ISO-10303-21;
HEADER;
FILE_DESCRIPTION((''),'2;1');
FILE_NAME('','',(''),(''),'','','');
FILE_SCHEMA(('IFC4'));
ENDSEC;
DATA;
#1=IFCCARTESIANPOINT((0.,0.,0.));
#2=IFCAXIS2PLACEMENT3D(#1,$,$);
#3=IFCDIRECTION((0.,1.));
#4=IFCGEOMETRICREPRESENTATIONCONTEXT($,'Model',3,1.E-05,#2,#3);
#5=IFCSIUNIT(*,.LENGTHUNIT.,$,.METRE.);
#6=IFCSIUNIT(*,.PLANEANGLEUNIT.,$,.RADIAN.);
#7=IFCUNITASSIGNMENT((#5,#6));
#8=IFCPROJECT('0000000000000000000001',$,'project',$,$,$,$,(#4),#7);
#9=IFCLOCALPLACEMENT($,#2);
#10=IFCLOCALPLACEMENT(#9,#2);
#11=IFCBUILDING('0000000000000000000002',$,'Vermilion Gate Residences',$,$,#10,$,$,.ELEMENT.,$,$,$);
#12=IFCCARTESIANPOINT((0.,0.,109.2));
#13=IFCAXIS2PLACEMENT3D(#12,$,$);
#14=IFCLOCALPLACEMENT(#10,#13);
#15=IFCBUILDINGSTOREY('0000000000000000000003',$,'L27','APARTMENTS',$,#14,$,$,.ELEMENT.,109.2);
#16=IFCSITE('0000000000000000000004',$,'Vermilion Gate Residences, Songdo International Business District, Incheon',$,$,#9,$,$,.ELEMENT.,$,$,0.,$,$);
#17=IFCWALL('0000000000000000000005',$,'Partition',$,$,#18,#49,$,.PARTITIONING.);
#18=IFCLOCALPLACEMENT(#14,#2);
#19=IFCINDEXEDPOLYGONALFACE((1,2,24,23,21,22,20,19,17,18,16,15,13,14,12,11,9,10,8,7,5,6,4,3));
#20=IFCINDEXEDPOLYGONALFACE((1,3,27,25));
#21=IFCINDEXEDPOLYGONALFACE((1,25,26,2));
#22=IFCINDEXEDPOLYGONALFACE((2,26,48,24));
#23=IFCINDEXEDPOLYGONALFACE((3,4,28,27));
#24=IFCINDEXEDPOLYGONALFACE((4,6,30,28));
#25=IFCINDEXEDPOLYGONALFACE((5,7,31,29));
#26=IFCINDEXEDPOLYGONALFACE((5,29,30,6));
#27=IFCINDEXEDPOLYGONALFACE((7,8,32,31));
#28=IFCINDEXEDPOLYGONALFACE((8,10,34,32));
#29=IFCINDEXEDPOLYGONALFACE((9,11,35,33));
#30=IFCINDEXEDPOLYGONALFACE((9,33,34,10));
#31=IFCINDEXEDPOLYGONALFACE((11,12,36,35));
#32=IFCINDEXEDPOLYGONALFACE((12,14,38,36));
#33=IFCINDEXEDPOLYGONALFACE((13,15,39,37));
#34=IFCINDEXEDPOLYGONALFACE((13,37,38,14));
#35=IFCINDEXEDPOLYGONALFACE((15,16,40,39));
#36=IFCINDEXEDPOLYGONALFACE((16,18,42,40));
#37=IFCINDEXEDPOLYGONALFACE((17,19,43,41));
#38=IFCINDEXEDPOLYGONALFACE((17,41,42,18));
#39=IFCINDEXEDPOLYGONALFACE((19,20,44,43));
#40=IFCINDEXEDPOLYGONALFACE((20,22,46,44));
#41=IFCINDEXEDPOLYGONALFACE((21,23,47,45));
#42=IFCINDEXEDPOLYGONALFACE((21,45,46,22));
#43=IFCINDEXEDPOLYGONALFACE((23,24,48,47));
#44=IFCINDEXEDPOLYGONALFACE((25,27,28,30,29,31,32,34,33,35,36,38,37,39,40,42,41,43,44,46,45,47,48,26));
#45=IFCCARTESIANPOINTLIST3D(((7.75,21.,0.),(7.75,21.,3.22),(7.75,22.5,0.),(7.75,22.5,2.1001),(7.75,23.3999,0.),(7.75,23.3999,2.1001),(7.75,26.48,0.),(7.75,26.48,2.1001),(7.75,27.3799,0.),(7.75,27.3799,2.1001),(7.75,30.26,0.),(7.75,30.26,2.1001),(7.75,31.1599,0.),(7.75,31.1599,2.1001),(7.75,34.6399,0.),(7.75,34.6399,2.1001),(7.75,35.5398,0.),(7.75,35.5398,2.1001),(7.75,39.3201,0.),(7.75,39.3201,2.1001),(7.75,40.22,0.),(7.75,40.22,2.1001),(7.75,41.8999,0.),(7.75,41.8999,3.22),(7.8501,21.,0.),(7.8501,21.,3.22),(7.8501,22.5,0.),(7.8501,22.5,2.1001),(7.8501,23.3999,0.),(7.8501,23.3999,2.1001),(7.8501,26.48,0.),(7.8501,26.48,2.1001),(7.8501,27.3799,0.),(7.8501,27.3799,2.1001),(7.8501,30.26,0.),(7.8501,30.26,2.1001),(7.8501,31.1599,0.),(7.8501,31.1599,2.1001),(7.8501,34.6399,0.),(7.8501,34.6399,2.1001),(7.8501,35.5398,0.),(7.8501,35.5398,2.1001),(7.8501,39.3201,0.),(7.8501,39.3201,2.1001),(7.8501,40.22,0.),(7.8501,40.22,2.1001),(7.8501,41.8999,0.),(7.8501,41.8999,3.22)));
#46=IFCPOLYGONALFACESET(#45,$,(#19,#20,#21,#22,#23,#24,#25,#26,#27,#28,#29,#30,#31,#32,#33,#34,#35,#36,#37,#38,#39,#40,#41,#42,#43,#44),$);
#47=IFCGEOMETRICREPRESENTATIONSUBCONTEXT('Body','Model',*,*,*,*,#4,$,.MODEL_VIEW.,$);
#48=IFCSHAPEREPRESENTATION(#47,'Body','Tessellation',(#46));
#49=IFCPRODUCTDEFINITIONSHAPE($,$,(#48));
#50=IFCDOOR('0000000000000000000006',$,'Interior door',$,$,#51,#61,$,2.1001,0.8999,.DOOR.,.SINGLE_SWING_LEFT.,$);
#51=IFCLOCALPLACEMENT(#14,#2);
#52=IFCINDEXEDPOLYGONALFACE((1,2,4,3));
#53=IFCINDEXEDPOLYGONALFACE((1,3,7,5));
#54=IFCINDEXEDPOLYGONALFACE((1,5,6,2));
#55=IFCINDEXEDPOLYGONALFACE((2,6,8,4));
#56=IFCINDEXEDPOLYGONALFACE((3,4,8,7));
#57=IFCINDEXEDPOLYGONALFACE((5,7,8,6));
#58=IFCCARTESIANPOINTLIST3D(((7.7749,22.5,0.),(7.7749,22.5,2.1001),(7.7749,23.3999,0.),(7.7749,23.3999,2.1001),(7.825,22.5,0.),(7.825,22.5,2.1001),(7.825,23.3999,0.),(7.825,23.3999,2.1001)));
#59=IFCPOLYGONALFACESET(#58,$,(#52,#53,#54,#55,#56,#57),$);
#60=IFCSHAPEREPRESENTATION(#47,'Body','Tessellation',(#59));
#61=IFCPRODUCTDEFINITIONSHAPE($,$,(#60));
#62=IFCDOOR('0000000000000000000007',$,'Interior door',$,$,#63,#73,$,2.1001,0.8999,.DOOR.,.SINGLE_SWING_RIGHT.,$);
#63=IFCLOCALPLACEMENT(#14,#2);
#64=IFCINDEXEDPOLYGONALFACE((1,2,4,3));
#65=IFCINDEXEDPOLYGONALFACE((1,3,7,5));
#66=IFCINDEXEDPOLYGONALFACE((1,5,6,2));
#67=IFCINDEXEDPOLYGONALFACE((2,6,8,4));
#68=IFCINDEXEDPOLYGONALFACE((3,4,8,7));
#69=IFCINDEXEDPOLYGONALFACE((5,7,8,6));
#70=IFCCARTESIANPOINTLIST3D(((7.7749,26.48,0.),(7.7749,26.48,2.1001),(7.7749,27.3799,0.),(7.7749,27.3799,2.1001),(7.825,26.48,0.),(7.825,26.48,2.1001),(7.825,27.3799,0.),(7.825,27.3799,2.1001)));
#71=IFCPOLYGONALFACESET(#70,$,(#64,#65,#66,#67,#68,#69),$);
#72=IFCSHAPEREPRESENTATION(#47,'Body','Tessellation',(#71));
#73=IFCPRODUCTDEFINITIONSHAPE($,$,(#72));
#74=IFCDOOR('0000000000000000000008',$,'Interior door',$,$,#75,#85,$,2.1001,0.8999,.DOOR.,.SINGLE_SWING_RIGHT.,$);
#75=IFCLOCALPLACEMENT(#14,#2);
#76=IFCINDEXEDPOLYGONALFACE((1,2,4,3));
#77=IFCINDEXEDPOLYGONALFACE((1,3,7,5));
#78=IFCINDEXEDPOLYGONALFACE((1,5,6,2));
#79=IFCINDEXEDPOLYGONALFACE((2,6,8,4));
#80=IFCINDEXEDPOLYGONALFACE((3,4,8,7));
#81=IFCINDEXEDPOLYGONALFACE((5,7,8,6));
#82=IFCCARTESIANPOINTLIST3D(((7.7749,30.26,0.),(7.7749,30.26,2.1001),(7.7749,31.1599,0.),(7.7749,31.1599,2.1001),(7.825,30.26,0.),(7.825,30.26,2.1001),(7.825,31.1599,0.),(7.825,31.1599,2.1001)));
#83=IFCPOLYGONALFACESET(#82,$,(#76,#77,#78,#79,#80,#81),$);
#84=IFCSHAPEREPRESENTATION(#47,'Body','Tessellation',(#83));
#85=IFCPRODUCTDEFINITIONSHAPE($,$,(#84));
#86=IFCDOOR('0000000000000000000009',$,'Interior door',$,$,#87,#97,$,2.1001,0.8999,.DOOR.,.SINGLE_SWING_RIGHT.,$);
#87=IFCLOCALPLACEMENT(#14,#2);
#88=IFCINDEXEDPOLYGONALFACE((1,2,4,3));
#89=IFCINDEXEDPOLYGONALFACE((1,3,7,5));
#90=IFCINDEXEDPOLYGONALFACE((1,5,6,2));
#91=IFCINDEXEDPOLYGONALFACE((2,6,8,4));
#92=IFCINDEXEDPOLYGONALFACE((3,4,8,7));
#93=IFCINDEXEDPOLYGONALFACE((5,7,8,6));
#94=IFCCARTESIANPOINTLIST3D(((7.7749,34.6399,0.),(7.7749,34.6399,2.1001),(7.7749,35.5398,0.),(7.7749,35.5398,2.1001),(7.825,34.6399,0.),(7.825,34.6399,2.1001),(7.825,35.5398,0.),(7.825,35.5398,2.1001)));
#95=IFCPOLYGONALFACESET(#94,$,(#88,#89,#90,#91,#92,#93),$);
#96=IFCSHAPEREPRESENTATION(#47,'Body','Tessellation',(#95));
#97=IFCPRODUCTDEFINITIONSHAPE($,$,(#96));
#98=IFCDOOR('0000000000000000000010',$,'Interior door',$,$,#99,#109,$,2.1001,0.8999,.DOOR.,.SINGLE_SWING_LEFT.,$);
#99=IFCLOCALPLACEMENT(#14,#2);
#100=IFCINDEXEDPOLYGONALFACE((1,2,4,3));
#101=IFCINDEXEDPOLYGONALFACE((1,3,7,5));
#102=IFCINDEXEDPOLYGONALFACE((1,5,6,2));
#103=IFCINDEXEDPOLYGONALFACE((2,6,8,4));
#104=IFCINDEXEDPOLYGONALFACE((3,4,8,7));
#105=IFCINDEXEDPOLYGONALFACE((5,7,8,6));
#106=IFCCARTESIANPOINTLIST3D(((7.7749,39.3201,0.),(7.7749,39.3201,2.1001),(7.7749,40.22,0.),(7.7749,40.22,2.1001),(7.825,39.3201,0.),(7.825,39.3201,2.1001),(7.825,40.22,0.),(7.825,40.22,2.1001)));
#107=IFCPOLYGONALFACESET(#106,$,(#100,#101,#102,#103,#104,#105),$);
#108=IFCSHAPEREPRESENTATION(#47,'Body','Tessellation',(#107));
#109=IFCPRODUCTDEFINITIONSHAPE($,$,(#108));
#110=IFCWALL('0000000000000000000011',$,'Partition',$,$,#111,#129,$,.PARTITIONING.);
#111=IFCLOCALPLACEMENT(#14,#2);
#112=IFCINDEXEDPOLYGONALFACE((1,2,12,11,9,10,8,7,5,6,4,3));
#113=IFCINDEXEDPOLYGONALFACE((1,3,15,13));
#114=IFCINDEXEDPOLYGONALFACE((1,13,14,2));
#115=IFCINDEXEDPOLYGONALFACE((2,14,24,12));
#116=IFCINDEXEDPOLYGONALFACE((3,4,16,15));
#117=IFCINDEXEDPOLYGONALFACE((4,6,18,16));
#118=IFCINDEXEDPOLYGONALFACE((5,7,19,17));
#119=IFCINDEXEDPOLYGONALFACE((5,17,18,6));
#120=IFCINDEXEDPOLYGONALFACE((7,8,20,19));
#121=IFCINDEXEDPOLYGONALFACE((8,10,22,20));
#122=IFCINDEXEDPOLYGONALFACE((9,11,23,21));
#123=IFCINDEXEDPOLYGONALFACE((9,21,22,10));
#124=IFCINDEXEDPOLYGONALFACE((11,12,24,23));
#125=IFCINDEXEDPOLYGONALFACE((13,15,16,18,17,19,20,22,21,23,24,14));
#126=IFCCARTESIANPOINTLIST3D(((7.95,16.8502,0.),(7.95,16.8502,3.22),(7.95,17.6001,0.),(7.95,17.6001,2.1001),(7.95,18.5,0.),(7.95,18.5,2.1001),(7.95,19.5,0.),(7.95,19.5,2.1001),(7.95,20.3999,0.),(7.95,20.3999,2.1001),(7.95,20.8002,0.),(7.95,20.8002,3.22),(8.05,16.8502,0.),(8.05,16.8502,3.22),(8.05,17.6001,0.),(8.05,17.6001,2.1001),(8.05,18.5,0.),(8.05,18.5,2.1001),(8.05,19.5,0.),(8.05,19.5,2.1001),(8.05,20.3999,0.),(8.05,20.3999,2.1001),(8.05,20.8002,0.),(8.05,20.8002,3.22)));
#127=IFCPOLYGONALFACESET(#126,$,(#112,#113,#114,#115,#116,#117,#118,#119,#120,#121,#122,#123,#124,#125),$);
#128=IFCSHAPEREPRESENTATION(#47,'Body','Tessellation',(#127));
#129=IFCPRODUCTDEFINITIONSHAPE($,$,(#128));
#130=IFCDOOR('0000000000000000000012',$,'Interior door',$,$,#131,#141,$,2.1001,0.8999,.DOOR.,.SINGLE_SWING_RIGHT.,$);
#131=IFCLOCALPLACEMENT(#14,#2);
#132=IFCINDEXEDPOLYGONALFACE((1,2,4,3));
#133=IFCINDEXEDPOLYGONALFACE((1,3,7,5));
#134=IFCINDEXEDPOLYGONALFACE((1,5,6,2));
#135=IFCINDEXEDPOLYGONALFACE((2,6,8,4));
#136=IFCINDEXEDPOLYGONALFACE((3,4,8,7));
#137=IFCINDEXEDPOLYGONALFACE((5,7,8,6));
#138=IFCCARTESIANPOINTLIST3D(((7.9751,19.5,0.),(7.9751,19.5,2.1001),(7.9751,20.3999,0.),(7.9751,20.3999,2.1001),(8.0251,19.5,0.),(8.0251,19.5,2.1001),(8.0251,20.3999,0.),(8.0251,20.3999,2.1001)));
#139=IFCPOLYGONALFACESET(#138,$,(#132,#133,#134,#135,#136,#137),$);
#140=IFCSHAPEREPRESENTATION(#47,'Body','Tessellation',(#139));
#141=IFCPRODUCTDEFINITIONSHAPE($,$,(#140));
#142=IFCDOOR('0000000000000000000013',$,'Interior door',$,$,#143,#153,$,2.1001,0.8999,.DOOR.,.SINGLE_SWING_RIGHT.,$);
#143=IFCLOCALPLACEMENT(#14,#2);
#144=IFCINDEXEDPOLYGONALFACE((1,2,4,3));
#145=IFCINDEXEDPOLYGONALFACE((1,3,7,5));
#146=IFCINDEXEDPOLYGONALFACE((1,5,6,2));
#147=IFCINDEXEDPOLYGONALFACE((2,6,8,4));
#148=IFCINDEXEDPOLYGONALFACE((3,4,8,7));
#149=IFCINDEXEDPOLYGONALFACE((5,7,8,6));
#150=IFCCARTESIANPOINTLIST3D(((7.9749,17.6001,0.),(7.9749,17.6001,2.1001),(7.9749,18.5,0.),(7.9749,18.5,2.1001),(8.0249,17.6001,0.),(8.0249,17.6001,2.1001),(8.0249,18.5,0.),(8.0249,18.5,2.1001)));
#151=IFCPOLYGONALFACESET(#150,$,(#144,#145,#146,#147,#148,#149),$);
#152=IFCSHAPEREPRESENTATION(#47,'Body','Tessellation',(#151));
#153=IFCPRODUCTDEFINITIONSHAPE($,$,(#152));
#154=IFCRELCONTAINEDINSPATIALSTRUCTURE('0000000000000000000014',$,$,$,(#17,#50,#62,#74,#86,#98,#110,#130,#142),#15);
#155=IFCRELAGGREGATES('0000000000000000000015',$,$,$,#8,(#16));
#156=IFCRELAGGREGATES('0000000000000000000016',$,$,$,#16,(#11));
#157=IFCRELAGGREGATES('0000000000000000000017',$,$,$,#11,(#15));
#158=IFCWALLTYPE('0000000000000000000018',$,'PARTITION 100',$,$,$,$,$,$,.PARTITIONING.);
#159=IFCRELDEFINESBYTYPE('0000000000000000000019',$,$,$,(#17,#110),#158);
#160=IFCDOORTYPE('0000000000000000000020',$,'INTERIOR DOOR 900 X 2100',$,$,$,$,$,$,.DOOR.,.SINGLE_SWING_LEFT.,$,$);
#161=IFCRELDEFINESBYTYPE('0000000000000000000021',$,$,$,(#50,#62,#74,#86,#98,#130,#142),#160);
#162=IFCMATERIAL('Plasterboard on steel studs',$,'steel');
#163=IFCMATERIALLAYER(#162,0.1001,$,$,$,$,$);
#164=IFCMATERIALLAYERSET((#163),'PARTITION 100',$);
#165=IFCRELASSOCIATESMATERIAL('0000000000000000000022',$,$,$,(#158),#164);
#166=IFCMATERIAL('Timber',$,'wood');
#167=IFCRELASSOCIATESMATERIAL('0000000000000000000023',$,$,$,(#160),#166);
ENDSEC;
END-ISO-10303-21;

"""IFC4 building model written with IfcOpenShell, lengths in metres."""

from ifc_helpers import new_model, si_unit, direction, frame, frame_2d, origin, place, context, subcontext, project, spatial, rectangle, extrude, material, layer, layer_set, type_object, element, fill, save


model = new_model("IFC4")

# Units and contexts
model_context = context("Model", 3, precision=1e-05, world=origin(), true_north=direction((0.0, 1.0)))
body_context = subcontext(model_context, "Body", "Model", "MODEL_VIEW")
ifc_project = project(units=[si_unit("LENGTHUNIT", "METRE"), si_unit("PLANEANGLEUNIT", "RADIAN")], contexts=[model_context])

# Site, building, storey
site_placement = place(None, origin())
site = spatial("IfcSite", under=ifc_project, at=site_placement, Name="Vermilion Gate Residences, Songdo International Business District, Incheon", CompositionType="ELEMENT", RefElevation=0.0)
building_placement = place(site_placement, origin())
building = spatial("IfcBuilding", under=site, at=building_placement, Name="Vermilion Gate Residences", CompositionType="ELEMENT")
storey_placement = place(building_placement, frame((0.0, 0.0, 109.2)))
storey = spatial("IfcBuildingStorey", under=building, at=storey_placement, Name="L27", Description="APARTMENTS", CompositionType="ELEMENT", Elevation=109.2)

# Shared definitions
ifc_material_1 = material(Name="Plasterboard on steel studs", Category="steel")
ifc_layer_1 = layer(ifc_material_1, 0.1001)
ifc_layer_set_1 = layer_set([ifc_layer_1], Name="PARTITION 100")
wall_type_1 = type_object("IfcWallType", Name="PARTITION 100", PredefinedType="PARTITIONING", material=ifc_layer_set_1)
ifc_material_2 = material(Name="Timber", Category="wood")
door_type = type_object("IfcDoorType", Name="INTERIOR DOOR 900 X 2100", OperationType="SINGLE_SWING_LEFT", PredefinedType="DOOR", material=ifc_material_2)

# Walls, openings, doors
wall_1_placement = place(storey_placement, frame((7.8, 21.0, 0.0), z_axis=(0.0, 0.0, 1.0), x_axis=(0.0, 1.0, 0.0)))
wall_1 = element("IfcWall", 1, at=wall_1_placement, inside=storey, type_object=wall_type_1, Name="Partition", PredefinedType="PARTITIONING", context=body_context, shape_type="SweptSolid", body=[
    extrude(rectangle(XDim=20.8999, YDim=0.1001, at=frame_2d((10.45, 0.0))), origin(), (0.0, 0.0, 1.0), 3.22),
])
opening_1_placement = place(wall_1_placement, frame((1.5, 0.0, 0.0)))
opening_1 = element("IfcOpeningElement", 2, at=opening_1_placement, cuts=wall_1, PredefinedType="OPENING", context=body_context, shape_type="SweptSolid", body=[
    extrude(rectangle(XDim=0.8999, YDim=2.1001, at=frame_2d((0.45, 1.05))), frame((0.0, 0.0601, 0.0), z_axis=(0.0, -1.0, 0.0), x_axis=(1.0, 0.0, 0.0)), (0.0, 0.0, 1.0), 0.1201),
])
opening_2_placement = place(wall_1_placement, frame((5.48, 0.0, 0.0)))
opening_2 = element("IfcOpeningElement", 3, at=opening_2_placement, cuts=wall_1, PredefinedType="OPENING", context=body_context, shape_type="SweptSolid", body=[
    extrude(rectangle(XDim=0.8999, YDim=2.1001, at=frame_2d((0.45, 1.05))), frame((0.0, 0.0601, 0.0), z_axis=(0.0, -1.0, 0.0), x_axis=(1.0, 0.0, 0.0)), (0.0, 0.0, 1.0), 0.1201),
])
opening_3_placement = place(wall_1_placement, frame((9.26, 0.0, 0.0)))
opening_3 = element("IfcOpeningElement", 4, at=opening_3_placement, cuts=wall_1, PredefinedType="OPENING", context=body_context, shape_type="SweptSolid", body=[
    extrude(rectangle(XDim=0.8999, YDim=2.1001, at=frame_2d((0.45, 1.05))), frame((0.0, 0.0601, 0.0), z_axis=(0.0, -1.0, 0.0), x_axis=(1.0, 0.0, 0.0)), (0.0, 0.0, 1.0), 0.1201),
])
opening_4_placement = place(wall_1_placement, frame((13.6399, 0.0, 0.0)))
opening_4 = element("IfcOpeningElement", 5, at=opening_4_placement, cuts=wall_1, PredefinedType="OPENING", context=body_context, shape_type="SweptSolid", body=[
    extrude(rectangle(XDim=0.8999, YDim=2.1001, at=frame_2d((0.45, 1.05))), frame((0.0, 0.0601, 0.0), z_axis=(0.0, -1.0, 0.0), x_axis=(1.0, 0.0, 0.0)), (0.0, 0.0, 1.0), 0.1201),
])
opening_5_placement = place(wall_1_placement, frame((18.3201, 0.0, 0.0)))
opening_5 = element("IfcOpeningElement", 6, at=opening_5_placement, cuts=wall_1, PredefinedType="OPENING", context=body_context, shape_type="SweptSolid", body=[
    extrude(rectangle(XDim=0.8999, YDim=2.1001, at=frame_2d((0.45, 1.05))), frame((0.0, 0.0601, 0.0), z_axis=(0.0, -1.0, 0.0), x_axis=(1.0, 0.0, 0.0)), (0.0, 0.0, 1.0), 0.1201),
])
door_1_placement = place(opening_1_placement, frame((0.8999, 0.0, 0.0), z_axis=(0.0, 0.0, 1.0), x_axis=(-1.0, 0.0, 0.0)))
door_1 = element("IfcDoor", 7, at=door_1_placement, inside=storey, type_object=door_type, Name="Interior door", OperationType="SINGLE_SWING_LEFT", OverallHeight=2.1001, OverallWidth=0.8999, PredefinedType="DOOR", context=body_context, shape_type="SweptSolid", body=[
    extrude(rectangle(XDim=0.8999, YDim=2.1001, at=frame_2d((0.45, 1.05))), frame((0.0, 0.0249, 0.0), z_axis=(0.0, -1.0, 0.0), x_axis=(1.0, 0.0, 0.0)), (0.0, 0.0, 1.0), 0.05),
])
fill(opening_1, door_1)
door_2_placement = place(opening_2_placement, frame((0.8999, 0.0, 0.0), z_axis=(0.0, 0.0, 1.0), x_axis=(-1.0, 0.0, 0.0)))
door_2 = element("IfcDoor", 8, at=door_2_placement, inside=storey, type_object=door_type, Name="Interior door", OperationType="SINGLE_SWING_RIGHT", OverallHeight=2.1001, OverallWidth=0.8999, PredefinedType="DOOR", context=body_context, shape_type="SweptSolid", body=[
    extrude(rectangle(XDim=0.8999, YDim=2.1001, at=frame_2d((0.45, 1.05))), frame((0.0, 0.0249, 0.0), z_axis=(0.0, -1.0, 0.0), x_axis=(1.0, 0.0, 0.0)), (0.0, 0.0, 1.0), 0.05),
])
fill(opening_2, door_2)
door_3_placement = place(opening_3_placement, frame((0.8999, 0.0, 0.0), z_axis=(0.0, 0.0, 1.0), x_axis=(-1.0, 0.0, 0.0)))
door_3 = element("IfcDoor", 9, at=door_3_placement, inside=storey, type_object=door_type, Name="Interior door", OperationType="SINGLE_SWING_RIGHT", OverallHeight=2.1001, OverallWidth=0.8999, PredefinedType="DOOR", context=body_context, shape_type="SweptSolid", body=[
    extrude(rectangle(XDim=0.8999, YDim=2.1001, at=frame_2d((0.45, 1.05))), frame((0.0, 0.0249, 0.0), z_axis=(0.0, -1.0, 0.0), x_axis=(1.0, 0.0, 0.0)), (0.0, 0.0, 1.0), 0.05),
])
fill(opening_3, door_3)
door_4_placement = place(opening_4_placement, frame((0.8999, 0.0, 0.0), z_axis=(0.0, 0.0, 1.0), x_axis=(-1.0, 0.0, 0.0)))
door_4 = element("IfcDoor", 10, at=door_4_placement, inside=storey, type_object=door_type, Name="Interior door", OperationType="SINGLE_SWING_RIGHT", OverallHeight=2.1001, OverallWidth=0.8999, PredefinedType="DOOR", context=body_context, shape_type="SweptSolid", body=[
    extrude(rectangle(XDim=0.8999, YDim=2.1001, at=frame_2d((0.45, 1.05))), frame((0.0, 0.0249, 0.0), z_axis=(0.0, -1.0, 0.0), x_axis=(1.0, 0.0, 0.0)), (0.0, 0.0, 1.0), 0.05),
])
fill(opening_4, door_4)
door_5_placement = place(opening_5_placement, frame((0.8999, 0.0, 0.0), z_axis=(0.0, 0.0, 1.0), x_axis=(-1.0, 0.0, 0.0)))
door_5 = element("IfcDoor", 11, at=door_5_placement, inside=storey, type_object=door_type, Name="Interior door", OperationType="SINGLE_SWING_LEFT", OverallHeight=2.1001, OverallWidth=0.8999, PredefinedType="DOOR", context=body_context, shape_type="SweptSolid", body=[
    extrude(rectangle(XDim=0.8999, YDim=2.1001, at=frame_2d((0.45, 1.05))), frame((0.0, 0.0249, 0.0), z_axis=(0.0, -1.0, 0.0), x_axis=(1.0, 0.0, 0.0)), (0.0, 0.0, 1.0), 0.05),
])
fill(opening_5, door_5)
wall_2_placement = place(storey_placement, frame((8.0, 16.8501, 0.0), z_axis=(0.0, 0.0, 1.0), x_axis=(0.0, 1.0, 0.0)))
wall_2 = element("IfcWall", 12, at=wall_2_placement, inside=storey, type_object=wall_type_1, Name="Partition", PredefinedType="PARTITIONING", context=body_context, shape_type="SweptSolid", body=[
    extrude(rectangle(XDim=3.95, YDim=0.1001, at=frame_2d((1.9751, 0.0))), origin(), (0.0, 0.0, 1.0), 3.22),
])
opening_6_placement = place(wall_2_placement, frame((2.6499, 0.0, 0.0)))
opening_6 = element("IfcOpeningElement", 13, at=opening_6_placement, cuts=wall_2, PredefinedType="OPENING", context=body_context, shape_type="SweptSolid", body=[
    extrude(rectangle(XDim=0.8999, YDim=2.1001, at=frame_2d((0.45, 1.05))), frame((0.0, 0.0601, 0.0), z_axis=(0.0, -1.0, 0.0), x_axis=(1.0, 0.0, 0.0)), (0.0, 0.0, 1.0), 0.1201),
])
opening_7_placement = place(wall_2_placement, frame((0.75, 0.0, 0.0)))
opening_7 = element("IfcOpeningElement", 14, at=opening_7_placement, cuts=wall_2, PredefinedType="OPENING", context=body_context, shape_type="SweptSolid", body=[
    extrude(rectangle(XDim=0.8999, YDim=2.1001, at=frame_2d((0.45, 1.05))), frame((0.0, 0.0601, 0.0), z_axis=(0.0, -1.0, 0.0), x_axis=(1.0, 0.0, 0.0)), (0.0, 0.0, 1.0), 0.1201),
])
door_6_placement = place(opening_6_placement, origin())
door_6 = element("IfcDoor", 15, at=door_6_placement, inside=storey, type_object=door_type, Name="Interior door", OperationType="SINGLE_SWING_RIGHT", OverallHeight=2.1001, OverallWidth=0.8999, PredefinedType="DOOR", context=body_context, shape_type="SweptSolid", body=[
    extrude(rectangle(XDim=0.8999, YDim=2.1001, at=frame_2d((0.45, 1.05))), frame((0.0, 0.0249, 0.0), z_axis=(0.0, -1.0, 0.0), x_axis=(1.0, 0.0, 0.0)), (0.0, 0.0, 1.0), 0.05),
])
fill(opening_6, door_6)
door_7_placement = place(opening_7_placement, frame((0.8999, 0.0, 0.0), z_axis=(0.0, 0.0, 1.0), x_axis=(-1.0, 0.0, 0.0)))
door_7 = element("IfcDoor", 16, at=door_7_placement, inside=storey, type_object=door_type, Name="Interior door", OperationType="SINGLE_SWING_RIGHT", OverallHeight=2.1001, OverallWidth=0.8999, PredefinedType="DOOR", context=body_context, shape_type="SweptSolid", body=[
    extrude(rectangle(XDim=0.8999, YDim=2.1001, at=frame_2d((0.45, 1.05))), frame((0.0, 0.0249, 0.0), z_axis=(0.0, -1.0, 0.0), x_axis=(1.0, 0.0, 0.0)), (0.0, 0.0, 1.0), 0.05),
])
fill(opening_7, door_7)

save(model, "model.ifc")
